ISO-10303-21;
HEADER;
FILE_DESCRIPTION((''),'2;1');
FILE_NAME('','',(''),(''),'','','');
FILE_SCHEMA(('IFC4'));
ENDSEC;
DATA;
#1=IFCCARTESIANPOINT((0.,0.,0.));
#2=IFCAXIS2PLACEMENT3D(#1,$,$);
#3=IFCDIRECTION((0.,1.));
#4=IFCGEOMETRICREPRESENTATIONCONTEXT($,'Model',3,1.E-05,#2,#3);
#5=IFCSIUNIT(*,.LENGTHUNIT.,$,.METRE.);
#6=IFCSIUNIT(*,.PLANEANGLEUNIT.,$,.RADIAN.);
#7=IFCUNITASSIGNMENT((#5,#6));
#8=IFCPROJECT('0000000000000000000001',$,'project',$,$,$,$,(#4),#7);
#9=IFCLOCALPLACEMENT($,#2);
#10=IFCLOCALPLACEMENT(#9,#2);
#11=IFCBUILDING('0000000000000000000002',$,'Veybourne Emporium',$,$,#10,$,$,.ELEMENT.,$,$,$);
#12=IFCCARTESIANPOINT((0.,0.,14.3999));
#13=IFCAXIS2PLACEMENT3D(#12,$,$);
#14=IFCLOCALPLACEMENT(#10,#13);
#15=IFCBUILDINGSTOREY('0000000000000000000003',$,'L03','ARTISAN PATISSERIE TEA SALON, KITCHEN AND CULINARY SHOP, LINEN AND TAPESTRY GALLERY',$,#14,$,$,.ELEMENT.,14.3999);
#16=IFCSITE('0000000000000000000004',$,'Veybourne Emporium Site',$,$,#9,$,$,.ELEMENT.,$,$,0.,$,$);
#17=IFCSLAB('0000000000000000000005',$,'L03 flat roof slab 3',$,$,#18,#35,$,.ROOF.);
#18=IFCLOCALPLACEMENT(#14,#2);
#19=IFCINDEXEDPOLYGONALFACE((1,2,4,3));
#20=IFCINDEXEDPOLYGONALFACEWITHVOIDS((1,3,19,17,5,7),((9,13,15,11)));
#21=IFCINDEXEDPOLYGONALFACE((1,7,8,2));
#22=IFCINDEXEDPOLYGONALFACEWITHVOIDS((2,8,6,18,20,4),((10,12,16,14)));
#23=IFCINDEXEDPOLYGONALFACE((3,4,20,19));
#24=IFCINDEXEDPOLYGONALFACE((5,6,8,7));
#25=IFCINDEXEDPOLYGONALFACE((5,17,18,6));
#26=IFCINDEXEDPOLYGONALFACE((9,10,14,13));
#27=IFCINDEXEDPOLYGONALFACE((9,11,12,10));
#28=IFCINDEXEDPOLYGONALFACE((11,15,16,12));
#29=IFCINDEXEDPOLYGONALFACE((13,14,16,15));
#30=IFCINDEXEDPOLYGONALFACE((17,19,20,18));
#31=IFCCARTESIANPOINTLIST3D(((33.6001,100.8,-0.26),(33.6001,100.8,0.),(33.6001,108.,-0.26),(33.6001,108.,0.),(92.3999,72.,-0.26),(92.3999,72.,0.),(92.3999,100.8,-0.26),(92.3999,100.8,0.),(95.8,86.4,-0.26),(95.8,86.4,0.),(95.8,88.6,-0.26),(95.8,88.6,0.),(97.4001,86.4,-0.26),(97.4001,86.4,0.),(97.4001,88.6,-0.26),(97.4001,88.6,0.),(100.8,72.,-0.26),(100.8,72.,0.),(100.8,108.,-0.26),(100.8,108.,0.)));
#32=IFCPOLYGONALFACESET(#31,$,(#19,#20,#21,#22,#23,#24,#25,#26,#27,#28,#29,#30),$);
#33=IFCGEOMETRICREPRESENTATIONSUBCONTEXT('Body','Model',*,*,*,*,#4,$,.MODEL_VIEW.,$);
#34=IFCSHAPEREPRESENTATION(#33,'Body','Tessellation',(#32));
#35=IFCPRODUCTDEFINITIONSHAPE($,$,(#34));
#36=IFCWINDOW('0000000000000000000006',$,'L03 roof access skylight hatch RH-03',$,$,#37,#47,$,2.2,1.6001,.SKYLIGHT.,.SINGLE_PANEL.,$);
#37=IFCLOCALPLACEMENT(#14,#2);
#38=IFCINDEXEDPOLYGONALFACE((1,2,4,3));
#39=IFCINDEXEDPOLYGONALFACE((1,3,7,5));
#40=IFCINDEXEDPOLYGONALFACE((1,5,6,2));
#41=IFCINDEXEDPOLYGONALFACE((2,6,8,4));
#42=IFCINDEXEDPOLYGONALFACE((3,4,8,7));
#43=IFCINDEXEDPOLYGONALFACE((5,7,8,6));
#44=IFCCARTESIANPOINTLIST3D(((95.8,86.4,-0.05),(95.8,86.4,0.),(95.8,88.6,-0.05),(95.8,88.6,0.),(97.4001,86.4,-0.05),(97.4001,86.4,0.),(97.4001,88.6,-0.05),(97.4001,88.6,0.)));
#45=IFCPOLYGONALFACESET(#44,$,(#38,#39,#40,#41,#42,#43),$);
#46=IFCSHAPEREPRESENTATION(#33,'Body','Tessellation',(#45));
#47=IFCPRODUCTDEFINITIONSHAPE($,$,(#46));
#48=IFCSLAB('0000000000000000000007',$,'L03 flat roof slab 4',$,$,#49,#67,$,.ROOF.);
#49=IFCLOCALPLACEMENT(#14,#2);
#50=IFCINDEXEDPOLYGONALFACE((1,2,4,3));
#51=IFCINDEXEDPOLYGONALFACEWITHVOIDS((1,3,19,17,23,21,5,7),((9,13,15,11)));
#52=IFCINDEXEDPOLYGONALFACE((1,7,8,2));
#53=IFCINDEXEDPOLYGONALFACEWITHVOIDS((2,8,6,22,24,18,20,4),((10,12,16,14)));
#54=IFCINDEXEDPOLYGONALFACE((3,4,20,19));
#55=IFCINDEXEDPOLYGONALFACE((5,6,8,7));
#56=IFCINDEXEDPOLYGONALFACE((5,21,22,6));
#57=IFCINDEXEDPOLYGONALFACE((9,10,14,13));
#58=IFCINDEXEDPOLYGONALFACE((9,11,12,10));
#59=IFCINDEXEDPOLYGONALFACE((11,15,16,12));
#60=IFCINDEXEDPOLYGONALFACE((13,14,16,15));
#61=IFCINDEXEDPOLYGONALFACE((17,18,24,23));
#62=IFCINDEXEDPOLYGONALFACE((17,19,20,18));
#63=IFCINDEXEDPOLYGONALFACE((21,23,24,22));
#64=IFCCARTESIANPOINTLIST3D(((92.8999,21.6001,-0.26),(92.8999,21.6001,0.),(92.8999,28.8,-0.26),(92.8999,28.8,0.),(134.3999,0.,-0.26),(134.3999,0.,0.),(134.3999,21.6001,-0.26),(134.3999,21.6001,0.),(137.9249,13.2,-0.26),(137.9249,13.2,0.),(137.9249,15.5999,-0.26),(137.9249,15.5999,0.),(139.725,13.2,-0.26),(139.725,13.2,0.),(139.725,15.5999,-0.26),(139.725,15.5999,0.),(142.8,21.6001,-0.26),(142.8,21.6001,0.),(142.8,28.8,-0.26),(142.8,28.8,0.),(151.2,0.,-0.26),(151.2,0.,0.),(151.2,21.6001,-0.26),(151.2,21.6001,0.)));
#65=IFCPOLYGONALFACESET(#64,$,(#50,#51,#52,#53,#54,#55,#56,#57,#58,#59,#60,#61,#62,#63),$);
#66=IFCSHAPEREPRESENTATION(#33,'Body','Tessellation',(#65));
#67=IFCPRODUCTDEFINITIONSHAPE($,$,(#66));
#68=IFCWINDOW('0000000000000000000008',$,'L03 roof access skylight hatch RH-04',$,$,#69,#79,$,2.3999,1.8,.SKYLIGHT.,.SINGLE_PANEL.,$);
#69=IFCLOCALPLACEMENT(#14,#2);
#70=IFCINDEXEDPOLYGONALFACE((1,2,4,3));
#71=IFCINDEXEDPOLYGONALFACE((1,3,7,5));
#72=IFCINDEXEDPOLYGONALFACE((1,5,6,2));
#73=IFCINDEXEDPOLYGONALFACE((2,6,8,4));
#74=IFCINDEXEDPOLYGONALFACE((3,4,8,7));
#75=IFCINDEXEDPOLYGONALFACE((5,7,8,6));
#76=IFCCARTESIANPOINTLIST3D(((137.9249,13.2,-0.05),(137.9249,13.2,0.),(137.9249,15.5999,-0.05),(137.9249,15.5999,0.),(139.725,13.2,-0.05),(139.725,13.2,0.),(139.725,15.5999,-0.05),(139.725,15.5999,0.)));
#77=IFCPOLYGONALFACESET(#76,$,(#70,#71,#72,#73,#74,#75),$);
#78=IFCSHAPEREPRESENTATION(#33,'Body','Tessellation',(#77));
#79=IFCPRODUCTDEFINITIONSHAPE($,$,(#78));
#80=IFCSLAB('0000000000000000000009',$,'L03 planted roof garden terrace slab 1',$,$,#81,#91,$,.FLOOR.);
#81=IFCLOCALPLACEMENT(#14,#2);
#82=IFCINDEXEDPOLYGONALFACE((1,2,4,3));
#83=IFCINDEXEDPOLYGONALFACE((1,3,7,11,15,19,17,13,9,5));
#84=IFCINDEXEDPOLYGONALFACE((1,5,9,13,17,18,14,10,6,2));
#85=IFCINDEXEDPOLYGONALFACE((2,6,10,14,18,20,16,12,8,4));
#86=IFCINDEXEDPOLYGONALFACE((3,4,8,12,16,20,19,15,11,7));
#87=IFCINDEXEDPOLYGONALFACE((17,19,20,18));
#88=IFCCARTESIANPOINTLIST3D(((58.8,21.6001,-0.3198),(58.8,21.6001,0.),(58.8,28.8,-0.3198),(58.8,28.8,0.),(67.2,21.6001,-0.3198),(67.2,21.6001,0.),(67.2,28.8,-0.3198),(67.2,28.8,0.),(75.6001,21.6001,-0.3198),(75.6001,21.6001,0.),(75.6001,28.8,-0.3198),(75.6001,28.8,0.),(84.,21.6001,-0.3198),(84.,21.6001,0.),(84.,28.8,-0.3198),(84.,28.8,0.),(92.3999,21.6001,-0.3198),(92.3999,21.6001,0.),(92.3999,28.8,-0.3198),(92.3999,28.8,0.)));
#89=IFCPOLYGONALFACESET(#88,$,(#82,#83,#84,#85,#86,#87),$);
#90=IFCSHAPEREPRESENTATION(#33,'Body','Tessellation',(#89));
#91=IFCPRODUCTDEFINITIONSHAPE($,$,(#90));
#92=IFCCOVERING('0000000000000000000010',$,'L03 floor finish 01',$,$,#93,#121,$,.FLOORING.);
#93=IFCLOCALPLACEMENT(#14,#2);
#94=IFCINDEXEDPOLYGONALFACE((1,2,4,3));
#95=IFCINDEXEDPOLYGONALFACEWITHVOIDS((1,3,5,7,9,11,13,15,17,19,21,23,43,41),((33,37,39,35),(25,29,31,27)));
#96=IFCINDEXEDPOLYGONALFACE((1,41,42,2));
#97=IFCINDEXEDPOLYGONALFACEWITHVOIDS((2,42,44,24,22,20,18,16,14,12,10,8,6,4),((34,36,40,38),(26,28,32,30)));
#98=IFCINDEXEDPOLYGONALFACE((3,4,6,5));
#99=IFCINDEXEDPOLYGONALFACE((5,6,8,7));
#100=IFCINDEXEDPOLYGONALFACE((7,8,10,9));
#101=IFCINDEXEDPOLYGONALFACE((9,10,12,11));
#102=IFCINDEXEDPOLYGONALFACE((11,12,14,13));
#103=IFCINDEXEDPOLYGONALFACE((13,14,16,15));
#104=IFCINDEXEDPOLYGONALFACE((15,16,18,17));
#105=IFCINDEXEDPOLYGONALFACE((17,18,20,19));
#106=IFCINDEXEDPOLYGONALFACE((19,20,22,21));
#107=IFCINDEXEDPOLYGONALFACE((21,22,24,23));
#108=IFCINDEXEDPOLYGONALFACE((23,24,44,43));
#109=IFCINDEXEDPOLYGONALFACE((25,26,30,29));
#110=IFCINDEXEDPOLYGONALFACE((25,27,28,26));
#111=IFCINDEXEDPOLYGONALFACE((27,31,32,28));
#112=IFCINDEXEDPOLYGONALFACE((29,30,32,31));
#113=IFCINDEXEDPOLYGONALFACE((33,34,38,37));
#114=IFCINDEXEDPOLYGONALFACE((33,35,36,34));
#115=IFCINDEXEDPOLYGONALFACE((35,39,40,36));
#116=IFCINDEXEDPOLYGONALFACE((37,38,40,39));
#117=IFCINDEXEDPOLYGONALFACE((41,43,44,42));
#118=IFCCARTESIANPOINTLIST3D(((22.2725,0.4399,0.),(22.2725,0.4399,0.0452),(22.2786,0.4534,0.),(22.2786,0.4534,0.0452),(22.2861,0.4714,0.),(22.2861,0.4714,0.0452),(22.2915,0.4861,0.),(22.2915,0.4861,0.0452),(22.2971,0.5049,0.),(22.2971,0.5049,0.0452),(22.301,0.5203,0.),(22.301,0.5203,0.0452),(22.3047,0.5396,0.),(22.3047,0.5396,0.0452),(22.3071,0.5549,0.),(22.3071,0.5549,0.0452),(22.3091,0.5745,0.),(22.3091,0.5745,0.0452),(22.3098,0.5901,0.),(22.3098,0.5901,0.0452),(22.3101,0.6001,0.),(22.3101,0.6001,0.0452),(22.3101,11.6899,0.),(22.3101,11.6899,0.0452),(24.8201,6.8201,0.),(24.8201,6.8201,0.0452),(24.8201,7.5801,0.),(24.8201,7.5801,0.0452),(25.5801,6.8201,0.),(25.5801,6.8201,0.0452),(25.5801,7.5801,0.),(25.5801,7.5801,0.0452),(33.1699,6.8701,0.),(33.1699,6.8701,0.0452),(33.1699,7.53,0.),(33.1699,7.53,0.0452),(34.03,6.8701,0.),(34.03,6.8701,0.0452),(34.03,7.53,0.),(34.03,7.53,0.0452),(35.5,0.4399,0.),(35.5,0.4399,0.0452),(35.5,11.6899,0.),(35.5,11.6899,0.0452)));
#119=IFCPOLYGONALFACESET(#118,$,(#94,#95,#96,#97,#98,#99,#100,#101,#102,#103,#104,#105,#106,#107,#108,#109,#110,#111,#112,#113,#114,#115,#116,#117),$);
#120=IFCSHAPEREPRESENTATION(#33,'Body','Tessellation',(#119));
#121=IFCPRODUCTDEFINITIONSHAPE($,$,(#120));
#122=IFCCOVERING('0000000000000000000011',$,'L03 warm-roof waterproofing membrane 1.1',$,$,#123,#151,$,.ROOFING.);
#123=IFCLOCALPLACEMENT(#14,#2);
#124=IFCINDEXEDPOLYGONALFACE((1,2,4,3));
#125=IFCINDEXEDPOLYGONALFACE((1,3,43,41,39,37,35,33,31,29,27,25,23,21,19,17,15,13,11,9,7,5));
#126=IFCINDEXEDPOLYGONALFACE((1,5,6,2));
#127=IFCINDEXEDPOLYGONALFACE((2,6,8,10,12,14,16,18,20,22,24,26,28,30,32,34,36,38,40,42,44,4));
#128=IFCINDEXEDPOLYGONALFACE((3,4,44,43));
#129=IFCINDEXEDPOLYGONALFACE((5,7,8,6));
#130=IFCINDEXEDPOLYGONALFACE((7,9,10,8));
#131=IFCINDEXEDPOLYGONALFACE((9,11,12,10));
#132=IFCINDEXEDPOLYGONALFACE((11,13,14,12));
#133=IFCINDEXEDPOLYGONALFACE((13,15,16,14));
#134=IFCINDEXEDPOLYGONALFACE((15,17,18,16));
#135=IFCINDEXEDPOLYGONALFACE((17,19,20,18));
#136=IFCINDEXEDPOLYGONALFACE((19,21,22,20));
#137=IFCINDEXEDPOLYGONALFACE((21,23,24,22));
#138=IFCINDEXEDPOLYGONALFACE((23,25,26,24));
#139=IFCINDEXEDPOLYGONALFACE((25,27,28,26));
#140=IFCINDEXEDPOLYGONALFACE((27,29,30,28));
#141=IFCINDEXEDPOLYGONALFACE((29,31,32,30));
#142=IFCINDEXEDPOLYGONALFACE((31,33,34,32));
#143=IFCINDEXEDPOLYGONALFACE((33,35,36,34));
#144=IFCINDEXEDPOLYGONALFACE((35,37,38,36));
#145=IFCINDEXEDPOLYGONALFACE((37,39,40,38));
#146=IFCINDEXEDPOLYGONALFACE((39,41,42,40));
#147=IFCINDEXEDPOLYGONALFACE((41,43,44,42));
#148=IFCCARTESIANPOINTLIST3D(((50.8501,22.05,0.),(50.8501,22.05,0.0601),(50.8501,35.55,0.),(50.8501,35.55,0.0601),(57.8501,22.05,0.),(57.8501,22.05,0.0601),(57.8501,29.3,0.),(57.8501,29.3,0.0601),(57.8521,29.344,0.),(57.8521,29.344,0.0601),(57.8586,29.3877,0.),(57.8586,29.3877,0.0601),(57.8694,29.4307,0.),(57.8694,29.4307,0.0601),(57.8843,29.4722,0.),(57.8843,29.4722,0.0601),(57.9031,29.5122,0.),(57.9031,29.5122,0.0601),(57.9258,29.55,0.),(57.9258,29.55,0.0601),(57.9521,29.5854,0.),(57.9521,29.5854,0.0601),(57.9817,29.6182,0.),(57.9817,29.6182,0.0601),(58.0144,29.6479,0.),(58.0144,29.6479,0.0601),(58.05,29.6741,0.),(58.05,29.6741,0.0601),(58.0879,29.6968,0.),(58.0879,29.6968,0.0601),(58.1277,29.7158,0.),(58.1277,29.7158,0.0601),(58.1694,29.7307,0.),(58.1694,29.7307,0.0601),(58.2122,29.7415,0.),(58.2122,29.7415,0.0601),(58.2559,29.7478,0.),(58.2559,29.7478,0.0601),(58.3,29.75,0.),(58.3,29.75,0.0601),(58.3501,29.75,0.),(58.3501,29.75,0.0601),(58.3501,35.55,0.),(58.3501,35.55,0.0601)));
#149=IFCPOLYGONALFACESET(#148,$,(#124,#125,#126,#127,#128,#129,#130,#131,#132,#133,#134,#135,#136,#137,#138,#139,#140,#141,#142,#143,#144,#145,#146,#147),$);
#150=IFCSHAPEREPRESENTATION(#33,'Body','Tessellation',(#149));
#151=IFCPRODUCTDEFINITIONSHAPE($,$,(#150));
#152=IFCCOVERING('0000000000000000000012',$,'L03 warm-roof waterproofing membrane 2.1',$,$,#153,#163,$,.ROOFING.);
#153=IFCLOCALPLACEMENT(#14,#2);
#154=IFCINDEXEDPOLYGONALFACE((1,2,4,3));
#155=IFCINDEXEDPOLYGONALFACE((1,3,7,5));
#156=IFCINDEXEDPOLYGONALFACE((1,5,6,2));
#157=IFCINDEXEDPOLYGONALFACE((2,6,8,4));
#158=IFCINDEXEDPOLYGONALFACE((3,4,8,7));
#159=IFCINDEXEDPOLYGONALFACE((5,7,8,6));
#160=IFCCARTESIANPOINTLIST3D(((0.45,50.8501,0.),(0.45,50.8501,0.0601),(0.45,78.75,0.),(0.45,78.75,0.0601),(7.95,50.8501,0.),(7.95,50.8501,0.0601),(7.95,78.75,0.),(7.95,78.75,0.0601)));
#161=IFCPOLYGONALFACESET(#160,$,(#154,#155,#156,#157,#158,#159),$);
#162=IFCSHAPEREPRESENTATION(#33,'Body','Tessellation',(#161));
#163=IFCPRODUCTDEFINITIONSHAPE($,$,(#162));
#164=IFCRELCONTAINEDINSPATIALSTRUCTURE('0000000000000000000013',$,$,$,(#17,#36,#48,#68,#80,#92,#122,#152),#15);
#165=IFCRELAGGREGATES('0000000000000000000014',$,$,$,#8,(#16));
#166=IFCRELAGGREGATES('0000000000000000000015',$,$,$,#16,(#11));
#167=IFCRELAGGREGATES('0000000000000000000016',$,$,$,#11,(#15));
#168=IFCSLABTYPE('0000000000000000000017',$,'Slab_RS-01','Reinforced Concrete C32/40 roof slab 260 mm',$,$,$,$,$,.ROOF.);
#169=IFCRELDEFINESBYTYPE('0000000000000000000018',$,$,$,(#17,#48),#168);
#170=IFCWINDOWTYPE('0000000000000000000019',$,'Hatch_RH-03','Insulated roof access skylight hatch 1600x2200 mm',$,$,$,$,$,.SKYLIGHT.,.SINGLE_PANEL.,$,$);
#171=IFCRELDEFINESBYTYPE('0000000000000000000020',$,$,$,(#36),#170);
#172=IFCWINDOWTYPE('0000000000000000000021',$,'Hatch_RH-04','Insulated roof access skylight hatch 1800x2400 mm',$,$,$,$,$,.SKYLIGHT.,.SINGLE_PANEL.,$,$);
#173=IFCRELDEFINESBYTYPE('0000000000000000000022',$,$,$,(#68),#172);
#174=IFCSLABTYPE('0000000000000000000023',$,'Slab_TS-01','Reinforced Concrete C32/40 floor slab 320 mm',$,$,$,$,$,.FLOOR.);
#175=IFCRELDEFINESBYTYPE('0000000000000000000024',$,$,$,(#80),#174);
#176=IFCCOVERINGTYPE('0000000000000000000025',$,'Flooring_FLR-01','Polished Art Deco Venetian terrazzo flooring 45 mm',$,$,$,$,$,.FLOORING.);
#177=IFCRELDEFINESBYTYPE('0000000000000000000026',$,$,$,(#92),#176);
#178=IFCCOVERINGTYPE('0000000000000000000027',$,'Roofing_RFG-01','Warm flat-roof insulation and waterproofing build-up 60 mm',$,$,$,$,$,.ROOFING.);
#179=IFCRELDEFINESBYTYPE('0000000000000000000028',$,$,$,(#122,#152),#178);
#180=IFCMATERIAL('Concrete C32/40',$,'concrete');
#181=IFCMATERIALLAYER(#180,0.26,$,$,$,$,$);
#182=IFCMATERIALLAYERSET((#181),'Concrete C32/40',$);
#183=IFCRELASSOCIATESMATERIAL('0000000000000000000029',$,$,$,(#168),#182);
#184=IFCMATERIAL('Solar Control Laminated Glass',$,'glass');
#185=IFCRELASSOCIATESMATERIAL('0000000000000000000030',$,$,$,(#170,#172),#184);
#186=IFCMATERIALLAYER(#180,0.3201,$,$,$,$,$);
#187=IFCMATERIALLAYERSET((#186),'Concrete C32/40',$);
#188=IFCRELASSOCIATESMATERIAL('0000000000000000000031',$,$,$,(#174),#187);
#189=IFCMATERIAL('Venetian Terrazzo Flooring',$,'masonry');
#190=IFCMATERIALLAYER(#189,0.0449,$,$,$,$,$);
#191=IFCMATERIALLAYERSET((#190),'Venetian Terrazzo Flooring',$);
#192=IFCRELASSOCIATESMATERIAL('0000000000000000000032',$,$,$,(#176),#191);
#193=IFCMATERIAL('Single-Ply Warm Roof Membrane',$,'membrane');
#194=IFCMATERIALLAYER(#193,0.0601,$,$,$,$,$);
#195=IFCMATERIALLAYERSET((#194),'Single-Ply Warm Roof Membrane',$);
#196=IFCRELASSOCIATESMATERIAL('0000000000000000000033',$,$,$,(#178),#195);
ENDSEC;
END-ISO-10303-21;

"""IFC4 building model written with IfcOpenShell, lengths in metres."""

from ifc_helpers import new_model, si_unit, direction, frame, origin, origin_2d, place, context, subcontext, project, spatial, polyline, rectangle, outline, extrude, material, layer, layer_set, type_object, element, fill, save


model = new_model("IFC4")

# Units and contexts
model_context = context("Model", 3, precision=1e-05, world=origin(), true_north=direction((0.0, 1.0)))
body_context = subcontext(model_context, "Body", "Model", "MODEL_VIEW")
ifc_project = project(units=[si_unit("LENGTHUNIT", "METRE"), si_unit("PLANEANGLEUNIT", "RADIAN")], contexts=[model_context])

# Site, building, storey
site_placement = place(None, origin())
site = spatial("IfcSite", under=ifc_project, at=site_placement, Name="Veybourne Emporium Site", CompositionType="ELEMENT", RefElevation=0.0)
building_placement = place(site_placement, origin())
building = spatial("IfcBuilding", under=site, at=building_placement, Name="Veybourne Emporium", CompositionType="ELEMENT")
storey_placement = place(building_placement, frame((0.0, 0.0, 14.3999)))
storey = spatial("IfcBuildingStorey", under=building, at=storey_placement, Name="L03", Description="ARTISAN PATISSERIE TEA SALON, KITCHEN AND CULINARY SHOP, LINEN AND TAPESTRY GALLERY", CompositionType="ELEMENT", Elevation=14.3999)

# Shared definitions
ifc_material_1 = material(Name="Concrete C32/40", Category="concrete")

# Slabs, openings, windows
ifc_layer_1 = layer(ifc_material_1, 0.26)
ifc_layer_set_1 = layer_set([ifc_layer_1], Name="Concrete C32/40")
slab_type_1 = type_object("IfcSlabType", Name="Slab_RS-01", Description="Reinforced Concrete C32/40 roof slab 260 mm", PredefinedType="ROOF", material=ifc_layer_set_1)
ifc_material_2 = material(Name="Solar Control Laminated Glass", Category="glass")
slab_1_placement = place(storey_placement, frame((0.0, 0.0, -0.26)))
slab_1 = element("IfcSlab", 1, at=slab_1_placement, inside=storey, type_object=slab_type_1, Name="L03 flat roof slab 3", PredefinedType="ROOF", context=body_context, shape_type="SweptSolid", body=[
    extrude(outline(polyline([(92.3999, 93.6001), (92.3999, 100.8), (84.0, 100.8), (75.6001, 100.8), (67.2, 100.8), (58.8, 100.8), (50.3999, 100.8), (42.0, 100.8), (33.6001, 100.8), (33.6001, 108.0), (42.0, 108.0), (50.3999, 108.0), (58.8, 108.0), (67.2, 108.0), (75.6001, 108.0), (84.0, 108.0), (92.3999, 108.0), (100.8, 108.0), (100.8, 100.8), (100.8, 93.6001), (100.8, 86.3999), (100.8, 79.2), (100.8, 72.0), (92.3999, 72.0), (92.3999, 79.2), (92.3999, 86.3999), (92.3999, 93.6001)])), origin(), (0.0, 0.0, 1.0), 0.26),
])
opening_1_placement = place(slab_1_placement, frame((96.6001, 87.5, -0.02)))
opening_1 = element("IfcOpeningElement", 2, at=opening_1_placement, cuts=slab_1, PredefinedType="OPENING", context=body_context, shape_type="SweptSolid", body=[
    extrude(rectangle(XDim=1.6001, YDim=2.2, at=origin_2d()), origin(), (0.0, 0.0, 1.0), 0.3),
])
window_type_1 = type_object("IfcWindowType", Name="Hatch_RH-03", Description="Insulated roof access skylight hatch 1600x2200 mm", PartitioningType="SINGLE_PANEL", PredefinedType="SKYLIGHT", material=ifc_material_2)
window_1_placement = place(slab_1_placement, frame((96.6001, 87.5, 0.21)))
window_1 = element("IfcWindow", 3, at=window_1_placement, inside=storey, type_object=window_type_1, Name="L03 roof access skylight hatch RH-03", OverallHeight=2.2, OverallWidth=1.6001, PartitioningType="SINGLE_PANEL", PredefinedType="SKYLIGHT", context=body_context, shape_type="SweptSolid", body=[
    extrude(rectangle(XDim=1.6001, YDim=2.2, at=origin_2d()), origin(), (0.0, 0.0, 1.0), 0.05),
])
fill(opening_1, window_1)
slab_2_placement = place(storey_placement, frame((0.0, 0.0, -0.26)))
slab_2 = element("IfcSlab", 4, at=slab_2_placement, inside=storey, type_object=slab_type_1, Name="L03 flat roof slab 4", PredefinedType="ROOF", context=body_context, shape_type="SweptSolid", body=[
    extrude(outline(polyline([(117.6001, 21.6001), (109.2, 21.6001), (100.8, 21.6001), (92.8999, 21.6001), (92.8999, 28.8), (100.8, 28.8), (109.2, 28.8), (117.6001, 28.8), (126.0, 28.8), (134.3999, 28.8), (142.8, 28.8), (142.8, 21.6001), (151.2, 21.6001), (151.2, 14.3999), (151.2, 7.2), (151.2, 0.0), (142.8, 0.0), (134.3999, 0.0), (134.3999, 7.2), (134.3999, 14.3999), (134.3999, 21.6001), (126.0, 21.6001), (117.6001, 21.6001)])), origin(), (0.0, 0.0, 1.0), 0.26),
])
opening_2_placement = place(slab_2_placement, frame((138.825, 14.3999, -0.02)))
opening_2 = element("IfcOpeningElement", 5, at=opening_2_placement, cuts=slab_2, PredefinedType="OPENING", context=body_context, shape_type="SweptSolid", body=[
    extrude(rectangle(XDim=1.8, YDim=2.3999, at=origin_2d()), origin(), (0.0, 0.0, 1.0), 0.3),
])
window_type_2 = type_object("IfcWindowType", Name="Hatch_RH-04", Description="Insulated roof access skylight hatch 1800x2400 mm", PartitioningType="SINGLE_PANEL", PredefinedType="SKYLIGHT", material=ifc_material_2)
window_2_placement = place(slab_2_placement, frame((138.825, 14.3999, 0.21)))
window_2 = element("IfcWindow", 6, at=window_2_placement, inside=storey, type_object=window_type_2, Name="L03 roof access skylight hatch RH-04", OverallHeight=2.3999, OverallWidth=1.8, PartitioningType="SINGLE_PANEL", PredefinedType="SKYLIGHT", context=body_context, shape_type="SweptSolid", body=[
    extrude(rectangle(XDim=1.8, YDim=2.3999, at=origin_2d()), origin(), (0.0, 0.0, 1.0), 0.05),
])
fill(opening_2, window_2)

# Slab
ifc_layer_2 = layer(ifc_material_1, 0.3201)
ifc_layer_set_2 = layer_set([ifc_layer_2], Name="Concrete C32/40")
slab_type_2 = type_object("IfcSlabType", Name="Slab_TS-01", Description="Reinforced Concrete C32/40 floor slab 320 mm", PredefinedType="FLOOR", material=ifc_layer_set_2)
slab_3_placement = place(storey_placement, frame((0.0, 0.0, -0.3198)))
element("IfcSlab", 7, at=slab_3_placement, inside=storey, type_object=slab_type_2, Name="L03 planted roof garden terrace slab 1", PredefinedType="FLOOR", context=body_context, shape_type="SweptSolid", body=[
    extrude(outline(polyline([(67.2, 28.8), (75.6001, 28.8), (84.0, 28.8), (92.3999, 28.8), (92.3999, 21.6001), (84.0, 21.6001), (75.6001, 21.6001), (67.2, 21.6001), (58.8, 21.6001), (58.8, 28.8), (67.2, 28.8)])), origin(), (0.0, 0.0, 1.0), 0.3198),
])

# Coverings
ifc_material_3 = material(Name="Venetian Terrazzo Flooring", Category="masonry")
ifc_layer_3 = layer(ifc_material_3, 0.0449)
ifc_layer_set_3 = layer_set([ifc_layer_3], Name="Venetian Terrazzo Flooring")
covering_type_1 = type_object("IfcCoveringType", Name="Flooring_FLR-01", Description="Polished Art Deco Venetian terrazzo flooring 45 mm", PredefinedType="FLOORING", material=ifc_layer_set_3)
covering_1_placement = place(storey_placement, origin())
element("IfcCovering", 8, at=covering_1_placement, inside=storey, type_object=covering_type_1, Name="L03 floor finish 01", PredefinedType="FLOORING", context=body_context, shape_type="SweptSolid", body=[
    extrude(outline(polyline([(22.2786, 0.4534), (22.2861, 0.4714), (22.2915, 0.4861), (22.2971, 0.5049), (22.301, 0.5203), (22.3047, 0.5396), (22.3071, 0.5549), (22.3091, 0.5745), (22.3098, 0.5901), (22.3101, 0.6001), (22.3101, 11.6899), (35.5, 11.6899), (35.5, 0.4399), (22.2725, 0.4399), (22.2786, 0.4534)]), holes=[polyline([(34.03, 7.53), (33.1699, 7.53), (33.1699, 6.8701), (34.03, 6.8701), (34.03, 7.53)]), polyline([(25.5801, 7.5801), (24.8201, 7.5801), (24.8201, 6.8201), (25.5801, 6.8201), (25.5801, 7.5801)])]), origin(), (0.0, 0.0, 1.0), 0.0452),
])
ifc_material_4 = material(Name="Single-Ply Warm Roof Membrane", Category="membrane")
ifc_layer_4 = layer(ifc_material_4, 0.0601)
ifc_layer_set_4 = layer_set([ifc_layer_4], Name="Single-Ply Warm Roof Membrane")
covering_type_2 = type_object("IfcCoveringType", Name="Roofing_RFG-01", Description="Warm flat-roof insulation and waterproofing build-up 60 mm", PredefinedType="ROOFING", material=ifc_layer_set_4)
covering_2_placement = place(storey_placement, origin())
element("IfcCovering", 9, at=covering_2_placement, inside=storey, type_object=covering_type_2, Name="L03 warm-roof waterproofing membrane 1.1", PredefinedType="ROOFING", context=body_context, shape_type="SweptSolid", body=[
    extrude(outline(polyline([(58.3501, 29.75), (58.3, 29.75), (58.2559, 29.7478), (58.2122, 29.7415), (58.1694, 29.7307), (58.1277, 29.7158), (58.0879, 29.6968), (58.05, 29.6741), (58.0144, 29.6479), (57.9817, 29.6182), (57.9521, 29.5854), (57.9258, 29.55), (57.9031, 29.5122), (57.8843, 29.4722), (57.8694, 29.4307), (57.8586, 29.3877), (57.8521, 29.344), (57.8501, 29.3), (57.8501, 22.05), (50.8501, 22.05), (50.8501, 35.55), (58.3501, 35.55), (58.3501, 29.75)])), origin(), (0.0, 0.0, 1.0), 0.0601),
])
covering_3_placement = place(storey_placement, origin())
element("IfcCovering", 10, at=covering_3_placement, inside=storey, type_object=covering_type_2, Name="L03 warm-roof waterproofing membrane 2.1", PredefinedType="ROOFING", context=body_context, shape_type="SweptSolid", body=[
    extrude(outline(polyline([(0.45, 78.75), (7.95, 78.75), (7.95, 50.8501), (0.45, 50.8501), (0.45, 78.75)])), origin(), (0.0, 0.0, 1.0), 0.0601),
])

save(model, "model.ifc")
